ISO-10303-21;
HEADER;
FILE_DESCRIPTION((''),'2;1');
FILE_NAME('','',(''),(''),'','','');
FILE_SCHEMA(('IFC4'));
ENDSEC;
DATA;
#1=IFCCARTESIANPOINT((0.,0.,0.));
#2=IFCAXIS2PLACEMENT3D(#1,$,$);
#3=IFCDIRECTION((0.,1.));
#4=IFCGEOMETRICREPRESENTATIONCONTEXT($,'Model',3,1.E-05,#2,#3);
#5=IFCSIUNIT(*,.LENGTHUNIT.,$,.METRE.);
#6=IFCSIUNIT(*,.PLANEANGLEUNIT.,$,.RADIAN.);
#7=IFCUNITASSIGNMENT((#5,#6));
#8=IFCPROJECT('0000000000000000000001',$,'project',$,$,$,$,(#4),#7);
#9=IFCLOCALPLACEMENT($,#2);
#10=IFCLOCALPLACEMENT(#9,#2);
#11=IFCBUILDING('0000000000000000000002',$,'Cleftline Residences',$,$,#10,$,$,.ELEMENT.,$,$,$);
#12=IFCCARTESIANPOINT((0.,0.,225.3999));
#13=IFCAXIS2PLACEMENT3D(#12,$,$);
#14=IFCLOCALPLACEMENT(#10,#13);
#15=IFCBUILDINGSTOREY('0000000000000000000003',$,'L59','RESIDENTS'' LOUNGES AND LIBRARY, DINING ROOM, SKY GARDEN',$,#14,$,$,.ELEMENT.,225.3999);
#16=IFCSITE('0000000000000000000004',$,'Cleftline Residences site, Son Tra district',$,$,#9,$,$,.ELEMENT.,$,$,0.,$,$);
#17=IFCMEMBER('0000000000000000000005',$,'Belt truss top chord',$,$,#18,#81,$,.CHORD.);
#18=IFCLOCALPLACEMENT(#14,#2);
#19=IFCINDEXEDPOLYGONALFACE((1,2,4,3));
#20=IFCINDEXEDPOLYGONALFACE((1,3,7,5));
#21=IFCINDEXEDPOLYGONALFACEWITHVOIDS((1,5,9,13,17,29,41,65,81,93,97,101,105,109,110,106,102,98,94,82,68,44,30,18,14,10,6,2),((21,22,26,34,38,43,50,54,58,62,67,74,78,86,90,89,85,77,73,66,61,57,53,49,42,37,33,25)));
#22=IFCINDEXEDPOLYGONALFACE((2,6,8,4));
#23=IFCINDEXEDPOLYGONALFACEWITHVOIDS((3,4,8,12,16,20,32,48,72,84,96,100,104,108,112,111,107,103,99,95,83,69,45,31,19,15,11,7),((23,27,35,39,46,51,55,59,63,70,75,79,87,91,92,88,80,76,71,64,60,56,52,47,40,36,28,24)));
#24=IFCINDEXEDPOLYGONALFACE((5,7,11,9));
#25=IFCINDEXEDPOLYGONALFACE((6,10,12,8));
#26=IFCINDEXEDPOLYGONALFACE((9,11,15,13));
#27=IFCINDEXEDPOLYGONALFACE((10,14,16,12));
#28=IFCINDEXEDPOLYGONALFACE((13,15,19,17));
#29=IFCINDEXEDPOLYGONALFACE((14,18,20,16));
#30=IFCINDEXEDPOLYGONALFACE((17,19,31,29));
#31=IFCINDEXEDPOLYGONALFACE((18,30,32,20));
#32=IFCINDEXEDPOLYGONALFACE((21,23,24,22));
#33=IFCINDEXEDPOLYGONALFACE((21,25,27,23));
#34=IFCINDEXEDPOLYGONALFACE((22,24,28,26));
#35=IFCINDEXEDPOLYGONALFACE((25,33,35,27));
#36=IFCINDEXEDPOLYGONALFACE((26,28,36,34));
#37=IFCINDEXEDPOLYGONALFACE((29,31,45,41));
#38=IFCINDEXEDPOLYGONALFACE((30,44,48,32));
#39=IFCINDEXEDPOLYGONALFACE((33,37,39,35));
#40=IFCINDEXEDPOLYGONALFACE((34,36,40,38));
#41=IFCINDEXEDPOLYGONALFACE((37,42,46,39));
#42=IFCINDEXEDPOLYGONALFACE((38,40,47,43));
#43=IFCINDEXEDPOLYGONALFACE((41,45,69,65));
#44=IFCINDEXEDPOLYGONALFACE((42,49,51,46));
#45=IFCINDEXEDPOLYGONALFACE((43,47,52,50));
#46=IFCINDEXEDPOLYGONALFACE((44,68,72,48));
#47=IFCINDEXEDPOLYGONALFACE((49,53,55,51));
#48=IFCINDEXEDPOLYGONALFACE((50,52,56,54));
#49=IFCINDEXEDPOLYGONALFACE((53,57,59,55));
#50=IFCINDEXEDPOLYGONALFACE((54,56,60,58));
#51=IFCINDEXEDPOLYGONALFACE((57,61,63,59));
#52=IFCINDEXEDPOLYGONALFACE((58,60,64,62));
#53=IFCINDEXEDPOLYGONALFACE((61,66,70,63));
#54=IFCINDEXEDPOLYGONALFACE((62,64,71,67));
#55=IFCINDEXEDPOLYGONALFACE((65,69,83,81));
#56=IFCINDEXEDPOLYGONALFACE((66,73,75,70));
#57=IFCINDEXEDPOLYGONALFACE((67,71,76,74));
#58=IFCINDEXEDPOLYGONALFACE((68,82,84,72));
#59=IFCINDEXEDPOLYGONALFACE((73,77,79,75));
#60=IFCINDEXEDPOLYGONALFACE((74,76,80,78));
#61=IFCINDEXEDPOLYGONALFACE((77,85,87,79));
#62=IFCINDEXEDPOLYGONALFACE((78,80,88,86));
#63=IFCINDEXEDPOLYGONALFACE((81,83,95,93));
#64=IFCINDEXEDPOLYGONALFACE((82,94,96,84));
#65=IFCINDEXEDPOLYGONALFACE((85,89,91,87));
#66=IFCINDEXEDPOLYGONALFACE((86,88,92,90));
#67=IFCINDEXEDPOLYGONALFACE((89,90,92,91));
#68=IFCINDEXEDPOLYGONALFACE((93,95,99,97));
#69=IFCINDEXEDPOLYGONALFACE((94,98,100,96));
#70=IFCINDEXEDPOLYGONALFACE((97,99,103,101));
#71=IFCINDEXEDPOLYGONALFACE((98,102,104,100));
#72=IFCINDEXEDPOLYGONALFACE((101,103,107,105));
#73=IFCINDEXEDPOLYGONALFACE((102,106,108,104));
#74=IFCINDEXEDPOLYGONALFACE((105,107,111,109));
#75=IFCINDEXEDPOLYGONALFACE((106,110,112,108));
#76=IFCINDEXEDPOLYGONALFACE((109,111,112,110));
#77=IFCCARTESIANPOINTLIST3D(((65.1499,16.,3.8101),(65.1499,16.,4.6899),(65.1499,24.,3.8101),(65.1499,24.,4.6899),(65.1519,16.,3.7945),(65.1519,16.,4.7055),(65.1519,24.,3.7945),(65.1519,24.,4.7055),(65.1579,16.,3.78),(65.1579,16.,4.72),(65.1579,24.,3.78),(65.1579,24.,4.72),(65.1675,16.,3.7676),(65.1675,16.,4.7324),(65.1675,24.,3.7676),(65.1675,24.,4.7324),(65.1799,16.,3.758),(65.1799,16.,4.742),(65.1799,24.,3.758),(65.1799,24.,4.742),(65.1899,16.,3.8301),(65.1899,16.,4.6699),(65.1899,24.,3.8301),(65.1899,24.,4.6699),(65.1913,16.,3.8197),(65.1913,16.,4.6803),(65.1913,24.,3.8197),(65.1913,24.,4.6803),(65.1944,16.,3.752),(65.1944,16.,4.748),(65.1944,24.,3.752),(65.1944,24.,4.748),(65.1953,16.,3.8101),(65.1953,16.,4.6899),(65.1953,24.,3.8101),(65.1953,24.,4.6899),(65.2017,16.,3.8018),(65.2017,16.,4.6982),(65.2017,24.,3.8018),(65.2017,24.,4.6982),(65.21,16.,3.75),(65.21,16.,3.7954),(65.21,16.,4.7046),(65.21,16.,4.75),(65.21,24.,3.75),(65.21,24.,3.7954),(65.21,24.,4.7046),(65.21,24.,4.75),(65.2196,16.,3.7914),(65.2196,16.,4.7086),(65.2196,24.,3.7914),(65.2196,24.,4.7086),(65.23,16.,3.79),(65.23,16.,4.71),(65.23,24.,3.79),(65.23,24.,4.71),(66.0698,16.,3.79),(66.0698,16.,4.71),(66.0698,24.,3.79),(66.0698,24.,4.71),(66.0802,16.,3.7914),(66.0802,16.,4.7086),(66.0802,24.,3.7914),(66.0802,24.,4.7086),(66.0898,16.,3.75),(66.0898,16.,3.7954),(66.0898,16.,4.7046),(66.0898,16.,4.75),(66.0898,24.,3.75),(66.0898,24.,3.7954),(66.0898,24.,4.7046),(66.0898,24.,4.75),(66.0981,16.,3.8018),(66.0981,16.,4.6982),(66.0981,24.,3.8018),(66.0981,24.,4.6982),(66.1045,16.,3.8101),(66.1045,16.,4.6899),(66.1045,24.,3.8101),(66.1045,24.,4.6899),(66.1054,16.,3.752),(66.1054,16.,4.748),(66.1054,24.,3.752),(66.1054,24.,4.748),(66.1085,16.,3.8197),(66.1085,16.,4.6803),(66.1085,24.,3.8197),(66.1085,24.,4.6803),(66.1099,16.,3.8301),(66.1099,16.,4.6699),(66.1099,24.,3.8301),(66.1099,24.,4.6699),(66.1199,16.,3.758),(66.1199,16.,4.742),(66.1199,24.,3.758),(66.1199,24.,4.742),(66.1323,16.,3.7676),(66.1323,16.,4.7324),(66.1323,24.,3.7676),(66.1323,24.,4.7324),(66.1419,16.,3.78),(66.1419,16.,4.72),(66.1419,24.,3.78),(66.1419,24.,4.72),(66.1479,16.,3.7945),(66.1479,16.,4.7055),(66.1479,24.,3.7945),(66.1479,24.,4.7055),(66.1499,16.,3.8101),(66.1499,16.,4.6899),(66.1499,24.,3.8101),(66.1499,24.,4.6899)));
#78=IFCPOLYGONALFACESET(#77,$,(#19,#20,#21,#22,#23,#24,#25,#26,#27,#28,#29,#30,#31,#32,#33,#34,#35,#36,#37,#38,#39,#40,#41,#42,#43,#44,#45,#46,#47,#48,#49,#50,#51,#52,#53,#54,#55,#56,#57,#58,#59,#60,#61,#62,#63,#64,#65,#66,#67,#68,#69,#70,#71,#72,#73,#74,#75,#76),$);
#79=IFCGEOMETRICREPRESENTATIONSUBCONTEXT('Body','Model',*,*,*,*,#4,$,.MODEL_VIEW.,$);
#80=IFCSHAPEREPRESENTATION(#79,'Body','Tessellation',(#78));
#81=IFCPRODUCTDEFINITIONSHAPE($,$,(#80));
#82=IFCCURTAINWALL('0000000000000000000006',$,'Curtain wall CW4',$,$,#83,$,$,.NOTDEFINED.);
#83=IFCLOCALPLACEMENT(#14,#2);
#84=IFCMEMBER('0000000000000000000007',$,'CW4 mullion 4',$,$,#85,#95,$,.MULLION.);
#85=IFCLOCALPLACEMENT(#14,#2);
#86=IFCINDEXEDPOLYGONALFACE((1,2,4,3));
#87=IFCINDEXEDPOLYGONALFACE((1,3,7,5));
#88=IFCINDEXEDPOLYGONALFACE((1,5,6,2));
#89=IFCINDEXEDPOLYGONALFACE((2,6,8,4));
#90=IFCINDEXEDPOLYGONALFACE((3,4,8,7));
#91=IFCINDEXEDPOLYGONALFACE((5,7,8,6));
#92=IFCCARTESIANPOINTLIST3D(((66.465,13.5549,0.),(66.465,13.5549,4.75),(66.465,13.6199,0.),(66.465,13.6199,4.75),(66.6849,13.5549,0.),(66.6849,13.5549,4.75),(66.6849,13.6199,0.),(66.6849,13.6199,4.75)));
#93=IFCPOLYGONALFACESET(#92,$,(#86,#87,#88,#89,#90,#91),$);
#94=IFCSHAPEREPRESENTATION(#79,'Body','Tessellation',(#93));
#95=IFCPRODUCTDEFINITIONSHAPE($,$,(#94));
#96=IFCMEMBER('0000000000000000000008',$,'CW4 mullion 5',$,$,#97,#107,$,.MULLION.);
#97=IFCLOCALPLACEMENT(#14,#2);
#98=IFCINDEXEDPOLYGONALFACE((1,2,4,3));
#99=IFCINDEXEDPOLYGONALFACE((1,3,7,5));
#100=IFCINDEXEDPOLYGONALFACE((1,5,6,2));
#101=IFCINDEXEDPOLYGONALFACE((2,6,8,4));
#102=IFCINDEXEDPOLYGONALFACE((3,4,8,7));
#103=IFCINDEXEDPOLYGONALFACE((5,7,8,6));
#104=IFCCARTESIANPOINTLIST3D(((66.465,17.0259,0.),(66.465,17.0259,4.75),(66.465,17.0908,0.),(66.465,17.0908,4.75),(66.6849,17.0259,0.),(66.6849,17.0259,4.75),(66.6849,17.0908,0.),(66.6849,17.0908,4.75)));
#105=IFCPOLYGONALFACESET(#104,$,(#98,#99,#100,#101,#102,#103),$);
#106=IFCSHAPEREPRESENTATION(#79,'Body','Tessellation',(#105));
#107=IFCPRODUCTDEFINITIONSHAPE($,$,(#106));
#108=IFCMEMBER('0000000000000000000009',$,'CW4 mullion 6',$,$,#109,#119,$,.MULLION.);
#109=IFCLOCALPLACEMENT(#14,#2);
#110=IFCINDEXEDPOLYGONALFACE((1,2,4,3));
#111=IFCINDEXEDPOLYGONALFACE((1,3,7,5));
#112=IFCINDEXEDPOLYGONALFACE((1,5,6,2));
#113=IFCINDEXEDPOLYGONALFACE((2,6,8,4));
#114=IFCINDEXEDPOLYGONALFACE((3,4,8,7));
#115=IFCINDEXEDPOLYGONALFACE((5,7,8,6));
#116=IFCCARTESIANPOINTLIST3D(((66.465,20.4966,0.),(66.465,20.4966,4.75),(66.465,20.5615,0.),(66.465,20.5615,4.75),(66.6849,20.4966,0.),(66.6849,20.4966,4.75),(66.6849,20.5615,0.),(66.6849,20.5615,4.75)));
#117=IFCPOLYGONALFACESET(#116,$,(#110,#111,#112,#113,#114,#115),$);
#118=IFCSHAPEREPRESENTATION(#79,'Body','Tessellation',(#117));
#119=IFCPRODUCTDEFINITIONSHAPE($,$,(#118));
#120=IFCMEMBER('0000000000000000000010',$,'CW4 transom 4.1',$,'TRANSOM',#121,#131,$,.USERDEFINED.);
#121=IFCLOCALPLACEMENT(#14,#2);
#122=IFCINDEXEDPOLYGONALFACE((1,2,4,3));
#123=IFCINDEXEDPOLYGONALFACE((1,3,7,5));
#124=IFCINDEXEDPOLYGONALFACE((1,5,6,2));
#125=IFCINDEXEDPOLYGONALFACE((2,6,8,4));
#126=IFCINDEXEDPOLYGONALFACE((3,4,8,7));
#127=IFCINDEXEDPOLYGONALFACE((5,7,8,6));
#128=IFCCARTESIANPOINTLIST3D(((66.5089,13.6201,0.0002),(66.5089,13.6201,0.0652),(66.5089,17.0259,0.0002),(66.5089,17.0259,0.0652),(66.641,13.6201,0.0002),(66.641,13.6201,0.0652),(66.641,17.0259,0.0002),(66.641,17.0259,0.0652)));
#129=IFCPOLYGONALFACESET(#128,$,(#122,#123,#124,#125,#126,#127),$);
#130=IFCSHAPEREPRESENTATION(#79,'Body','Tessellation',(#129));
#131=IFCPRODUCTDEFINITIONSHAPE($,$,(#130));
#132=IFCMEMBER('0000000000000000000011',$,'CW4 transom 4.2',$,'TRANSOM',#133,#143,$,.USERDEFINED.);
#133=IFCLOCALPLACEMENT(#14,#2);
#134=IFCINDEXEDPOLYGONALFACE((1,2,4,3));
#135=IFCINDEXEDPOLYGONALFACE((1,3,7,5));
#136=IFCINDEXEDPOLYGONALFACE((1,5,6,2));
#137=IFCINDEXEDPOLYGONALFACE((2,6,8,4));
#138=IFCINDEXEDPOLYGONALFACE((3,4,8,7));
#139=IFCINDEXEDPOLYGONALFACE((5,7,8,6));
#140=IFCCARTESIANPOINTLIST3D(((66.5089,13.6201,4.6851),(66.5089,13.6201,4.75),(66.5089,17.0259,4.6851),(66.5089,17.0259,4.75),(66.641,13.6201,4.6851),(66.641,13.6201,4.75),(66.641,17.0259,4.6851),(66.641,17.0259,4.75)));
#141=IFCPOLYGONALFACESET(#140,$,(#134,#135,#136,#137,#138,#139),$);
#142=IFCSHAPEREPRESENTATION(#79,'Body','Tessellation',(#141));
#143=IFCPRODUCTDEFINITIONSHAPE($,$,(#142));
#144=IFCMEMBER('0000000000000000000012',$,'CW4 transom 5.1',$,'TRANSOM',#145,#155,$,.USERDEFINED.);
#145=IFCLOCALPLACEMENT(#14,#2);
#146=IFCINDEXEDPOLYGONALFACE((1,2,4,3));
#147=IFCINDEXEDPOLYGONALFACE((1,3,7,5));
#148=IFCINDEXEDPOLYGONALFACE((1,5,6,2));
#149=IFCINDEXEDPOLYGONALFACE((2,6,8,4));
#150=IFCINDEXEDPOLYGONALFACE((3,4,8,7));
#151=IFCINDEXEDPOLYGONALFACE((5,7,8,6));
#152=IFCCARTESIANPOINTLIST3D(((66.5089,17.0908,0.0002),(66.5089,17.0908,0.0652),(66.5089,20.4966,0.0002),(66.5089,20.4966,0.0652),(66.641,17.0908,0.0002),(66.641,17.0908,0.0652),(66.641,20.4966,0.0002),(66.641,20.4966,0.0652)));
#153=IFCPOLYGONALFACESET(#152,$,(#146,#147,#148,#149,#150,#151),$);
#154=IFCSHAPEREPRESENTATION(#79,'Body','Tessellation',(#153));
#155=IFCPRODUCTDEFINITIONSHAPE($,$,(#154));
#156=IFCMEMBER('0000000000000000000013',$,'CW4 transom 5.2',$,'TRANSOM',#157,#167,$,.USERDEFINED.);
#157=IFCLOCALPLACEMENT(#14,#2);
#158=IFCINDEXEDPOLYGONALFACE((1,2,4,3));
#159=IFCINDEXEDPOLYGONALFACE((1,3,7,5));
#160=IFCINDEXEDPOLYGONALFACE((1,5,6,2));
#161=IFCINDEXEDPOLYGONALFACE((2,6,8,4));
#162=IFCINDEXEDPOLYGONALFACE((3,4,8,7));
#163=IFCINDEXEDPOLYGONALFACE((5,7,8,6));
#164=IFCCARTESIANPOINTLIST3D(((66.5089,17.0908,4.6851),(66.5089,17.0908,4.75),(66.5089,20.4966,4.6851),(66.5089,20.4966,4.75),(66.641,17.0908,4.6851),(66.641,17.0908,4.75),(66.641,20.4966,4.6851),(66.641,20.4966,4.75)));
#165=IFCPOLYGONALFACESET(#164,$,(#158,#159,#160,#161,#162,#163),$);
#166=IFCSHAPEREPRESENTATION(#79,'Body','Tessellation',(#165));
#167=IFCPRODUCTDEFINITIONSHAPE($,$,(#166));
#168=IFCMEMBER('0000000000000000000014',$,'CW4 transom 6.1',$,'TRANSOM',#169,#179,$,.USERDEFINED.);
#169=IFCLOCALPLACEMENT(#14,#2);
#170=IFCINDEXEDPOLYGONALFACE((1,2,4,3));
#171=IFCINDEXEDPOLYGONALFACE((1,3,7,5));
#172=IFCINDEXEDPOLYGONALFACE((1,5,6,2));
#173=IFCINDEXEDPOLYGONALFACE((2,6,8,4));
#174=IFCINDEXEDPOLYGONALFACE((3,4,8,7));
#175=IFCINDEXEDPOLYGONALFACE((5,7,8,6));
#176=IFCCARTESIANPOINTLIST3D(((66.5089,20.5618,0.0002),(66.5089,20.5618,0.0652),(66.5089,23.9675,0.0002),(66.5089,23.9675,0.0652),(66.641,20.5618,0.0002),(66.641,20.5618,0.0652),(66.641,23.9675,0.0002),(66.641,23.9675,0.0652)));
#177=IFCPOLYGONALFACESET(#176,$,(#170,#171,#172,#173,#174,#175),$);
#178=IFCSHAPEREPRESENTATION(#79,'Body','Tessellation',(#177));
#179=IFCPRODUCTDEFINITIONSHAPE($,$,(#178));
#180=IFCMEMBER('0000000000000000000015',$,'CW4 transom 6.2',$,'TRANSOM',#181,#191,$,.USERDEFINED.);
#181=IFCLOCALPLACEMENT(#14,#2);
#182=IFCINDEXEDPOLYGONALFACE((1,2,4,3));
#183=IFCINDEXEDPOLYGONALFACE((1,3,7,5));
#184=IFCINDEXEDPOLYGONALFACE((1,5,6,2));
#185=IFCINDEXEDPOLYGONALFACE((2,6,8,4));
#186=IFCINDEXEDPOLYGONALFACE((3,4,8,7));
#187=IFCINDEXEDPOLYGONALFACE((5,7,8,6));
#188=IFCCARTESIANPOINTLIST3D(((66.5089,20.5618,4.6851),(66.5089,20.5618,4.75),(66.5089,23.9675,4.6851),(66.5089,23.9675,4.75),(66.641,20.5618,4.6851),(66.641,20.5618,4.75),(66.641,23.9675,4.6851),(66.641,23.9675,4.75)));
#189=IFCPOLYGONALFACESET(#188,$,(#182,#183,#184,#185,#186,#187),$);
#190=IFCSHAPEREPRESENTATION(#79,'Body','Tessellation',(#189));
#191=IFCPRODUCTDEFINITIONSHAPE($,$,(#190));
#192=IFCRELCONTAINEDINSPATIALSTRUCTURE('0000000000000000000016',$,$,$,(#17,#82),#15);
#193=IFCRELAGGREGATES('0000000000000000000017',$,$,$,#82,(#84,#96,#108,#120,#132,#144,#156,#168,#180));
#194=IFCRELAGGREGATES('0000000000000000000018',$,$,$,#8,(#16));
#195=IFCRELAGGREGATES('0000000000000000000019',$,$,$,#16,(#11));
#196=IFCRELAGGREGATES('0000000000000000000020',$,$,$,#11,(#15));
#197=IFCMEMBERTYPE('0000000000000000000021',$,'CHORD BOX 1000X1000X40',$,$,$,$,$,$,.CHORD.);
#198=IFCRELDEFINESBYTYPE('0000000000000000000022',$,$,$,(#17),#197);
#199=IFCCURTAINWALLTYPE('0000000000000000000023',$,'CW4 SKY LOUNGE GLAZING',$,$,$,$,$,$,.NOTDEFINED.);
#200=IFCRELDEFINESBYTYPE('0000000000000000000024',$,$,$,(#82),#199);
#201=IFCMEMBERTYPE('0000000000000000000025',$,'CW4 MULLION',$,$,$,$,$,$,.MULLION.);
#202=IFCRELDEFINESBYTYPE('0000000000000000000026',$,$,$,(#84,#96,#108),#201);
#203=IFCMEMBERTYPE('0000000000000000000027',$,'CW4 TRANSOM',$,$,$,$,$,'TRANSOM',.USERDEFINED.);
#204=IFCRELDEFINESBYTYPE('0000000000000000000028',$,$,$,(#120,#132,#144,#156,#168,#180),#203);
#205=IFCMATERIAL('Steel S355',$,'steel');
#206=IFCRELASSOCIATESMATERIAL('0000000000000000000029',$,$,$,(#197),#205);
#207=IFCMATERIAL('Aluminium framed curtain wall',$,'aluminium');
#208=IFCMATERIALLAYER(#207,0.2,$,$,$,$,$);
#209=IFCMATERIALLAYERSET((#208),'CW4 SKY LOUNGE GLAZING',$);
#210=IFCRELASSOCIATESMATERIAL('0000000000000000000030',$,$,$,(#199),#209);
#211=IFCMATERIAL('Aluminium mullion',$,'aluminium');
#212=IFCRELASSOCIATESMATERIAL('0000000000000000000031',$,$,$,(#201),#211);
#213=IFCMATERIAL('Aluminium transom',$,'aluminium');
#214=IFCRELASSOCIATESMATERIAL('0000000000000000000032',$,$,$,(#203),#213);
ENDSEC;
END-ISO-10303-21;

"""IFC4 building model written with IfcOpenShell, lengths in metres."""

from ifc_helpers import new_model, si_unit, direction, frame, origin, origin_2d, place, context, subcontext, project, spatial, rectangle, hollow_rectangle, extrude, material, layer, layer_set, material_profile, profile_set, type_object, element, aggregate, save


model = new_model("IFC4")

# Units and contexts
model_context = context("Model", 3, precision=1e-05, world=origin(), true_north=direction((0.0, 1.0)))
body_context = subcontext(model_context, "Body", "Model", "MODEL_VIEW")
ifc_project = project(units=[si_unit("LENGTHUNIT", "METRE"), si_unit("PLANEANGLEUNIT", "RADIAN")], contexts=[model_context])

# Site, building, storey
site_placement = place(None, origin())
site = spatial("IfcSite", under=ifc_project, at=site_placement, Name="Cleftline Residences site, Son Tra district", CompositionType="ELEMENT", RefElevation=0.0)
building_placement = place(site_placement, origin())
building = spatial("IfcBuilding", under=site, at=building_placement, Name="Cleftline Residences", CompositionType="ELEMENT")
storey_placement = place(building_placement, frame((0.0, 0.0, 225.3999)))
storey = spatial("IfcBuildingStorey", under=building, at=storey_placement, Name="L59", Description="RESIDENTS' LOUNGES AND LIBRARY, DINING ROOM, SKY GARDEN", CompositionType="ELEMENT", Elevation=225.3999)

# Member
ifc_material_1 = material(Name="Steel S355", Category="steel")
ifc_material_profile_1 = material_profile(ifc_material_1, hollow_rectangle(XDim=1.0, YDim=1.0, WallThickness=0.04, InnerFilletRadius=0.04, OuterFilletRadius=0.0601, at=origin_2d()))
ifc_profile_set_1 = profile_set([ifc_material_profile_1], Name="Steel S355")
member_type_1 = type_object("IfcMemberType", Name="CHORD BOX 1000X1000X40", PredefinedType="CHORD", material=ifc_profile_set_1)
for number, where, z_axis, x_axis, name in (
    (1, (65.6499, 16.0, 4.25), (0.0, 1.0, 0.0), (-1.0, 0.0, 0.0), "Belt truss top chord"),
):
    element("IfcMember", number, at=place(storey_placement, frame(where, z_axis=z_axis, x_axis=x_axis)), inside=storey, type_object=member_type_1, Name=name, PredefinedType="CHORD", context=body_context, shape_type="SweptSolid", body=[
        extrude(hollow_rectangle(XDim=1.0, YDim=1.0, WallThickness=0.04, InnerFilletRadius=0.04, OuterFilletRadius=0.0601, at=origin_2d()), origin(), (0.0, 0.0, 1.0), 8.0),
    ])

# Curtain wall, members
ifc_material_2 = material(Name="Aluminium framed curtain wall", Category="aluminium")
ifc_layer_1 = layer(ifc_material_2, 0.2)
ifc_layer_set_1 = layer_set([ifc_layer_1], Name="CW4 SKY LOUNGE GLAZING")
curtain_wall_type = type_object("IfcCurtainWallType", Name="CW4 SKY LOUNGE GLAZING", PredefinedType="NOTDEFINED", material=ifc_layer_set_1)
curtain_wall_placement = place(storey_placement, origin())
curtain_wall = element("IfcCurtainWall", 2, at=curtain_wall_placement, inside=storey, type_object=curtain_wall_type, Name="Curtain wall CW4", PredefinedType="NOTDEFINED")
ifc_material_3 = material(Name="Aluminium mullion", Category="aluminium")
ifc_material_profile_2 = material_profile(ifc_material_3, rectangle(XDim=0.22, YDim=0.0649, at=origin_2d()))
ifc_profile_set_2 = profile_set([ifc_material_profile_2], Name="Aluminium mullion")
member_type_2 = type_object("IfcMemberType", Name="CW4 MULLION", PredefinedType="MULLION", material=ifc_profile_set_2)
member_1_placement = place(storey_placement, frame((66.575, 13.5874, 0.0), z_axis=(0.0, 0.0, 1.0), x_axis=(-1.0, 0.0, 0.0)))
member_1 = element("IfcMember", 3, at=member_1_placement, type_object=member_type_2, Name="CW4 mullion 4", PredefinedType="MULLION", context=body_context, shape_type="SweptSolid", body=[
    extrude(rectangle(XDim=0.22, YDim=0.0649, at=origin_2d()), origin(), (0.0, 0.0, 1.0), 4.75),
])
member_2_placement = place(storey_placement, frame((66.575, 17.0583, 0.0), z_axis=(0.0, 0.0, 1.0), x_axis=(-1.0, 0.0, 0.0)))
member_2 = element("IfcMember", 4, at=member_2_placement, type_object=member_type_2, Name="CW4 mullion 5", PredefinedType="MULLION", context=body_context, shape_type="SweptSolid", body=[
    extrude(rectangle(XDim=0.22, YDim=0.0649, at=origin_2d()), origin(), (0.0, 0.0, 1.0), 4.75),
])
member_3_placement = place(storey_placement, frame((66.575, 20.5291, 0.0), z_axis=(0.0, 0.0, 1.0), x_axis=(-1.0, 0.0, 0.0)))
member_3 = element("IfcMember", 5, at=member_3_placement, type_object=member_type_2, Name="CW4 mullion 6", PredefinedType="MULLION", context=body_context, shape_type="SweptSolid", body=[
    extrude(rectangle(XDim=0.22, YDim=0.0649, at=origin_2d()), origin(), (0.0, 0.0, 1.0), 4.75),
])
ifc_material_4 = material(Name="Aluminium transom", Category="aluminium")
ifc_material_profile_3 = material_profile(ifc_material_4, rectangle(XDim=0.1321, YDim=0.0649, at=origin_2d()))
ifc_profile_set_3 = profile_set([ifc_material_profile_3], Name="Aluminium transom")
member_type_3 = type_object("IfcMemberType", Name="CW4 TRANSOM", ElementType="TRANSOM", PredefinedType="USERDEFINED", material=ifc_profile_set_3)
member_4_placement = place(storey_placement, frame((66.575, 13.6201, 0.0327), z_axis=(0.0, 1.0, 0.0), x_axis=(-1.0, 0.0, 0.0)))
member_4 = element("IfcMember", 6, at=member_4_placement, type_object=member_type_3, Name="CW4 transom 4.1", ObjectType="TRANSOM", PredefinedType="USERDEFINED", context=body_context, shape_type="SweptSolid", body=[
    extrude(rectangle(XDim=0.1321, YDim=0.0649, at=origin_2d()), origin(), (0.0, 0.0, 1.0), 3.4058),
])
member_5_placement = place(storey_placement, frame((66.575, 13.6201, 4.7175), z_axis=(0.0, 1.0, 0.0), x_axis=(-1.0, 0.0, 0.0)))
member_5 = element("IfcMember", 7, at=member_5_placement, type_object=member_type_3, Name="CW4 transom 4.2", ObjectType="TRANSOM", PredefinedType="USERDEFINED", context=body_context, shape_type="SweptSolid", body=[
    extrude(rectangle(XDim=0.1321, YDim=0.0649, at=origin_2d()), origin(), (0.0, 0.0, 1.0), 3.4058),
])
member_6_placement = place(storey_placement, frame((66.575, 17.0908, 0.0327), z_axis=(0.0, 1.0, 0.0), x_axis=(-1.0, 0.0, 0.0)))
member_6 = element("IfcMember", 8, at=member_6_placement, type_object=member_type_3, Name="CW4 transom 5.1", ObjectType="TRANSOM", PredefinedType="USERDEFINED", context=body_context, shape_type="SweptSolid", body=[
    extrude(rectangle(XDim=0.1321, YDim=0.0649, at=origin_2d()), origin(), (0.0, 0.0, 1.0), 3.4058),
])
member_7_placement = place(storey_placement, frame((66.575, 17.0908, 4.7175), z_axis=(0.0, 1.0, 0.0), x_axis=(-1.0, 0.0, 0.0)))
member_7 = element("IfcMember", 9, at=member_7_placement, type_object=member_type_3, Name="CW4 transom 5.2", ObjectType="TRANSOM", PredefinedType="USERDEFINED", context=body_context, shape_type="SweptSolid", body=[
    extrude(rectangle(XDim=0.1321, YDim=0.0649, at=origin_2d()), origin(), (0.0, 0.0, 1.0), 3.4058),
])
member_8_placement = place(storey_placement, frame((66.575, 20.5618, 0.0327), z_axis=(0.0, 1.0, 0.0), x_axis=(-1.0, 0.0, 0.0)))
member_8 = element("IfcMember", 10, at=member_8_placement, type_object=member_type_3, Name="CW4 transom 6.1", ObjectType="TRANSOM", PredefinedType="USERDEFINED", context=body_context, shape_type="SweptSolid", body=[
    extrude(rectangle(XDim=0.1321, YDim=0.0649, at=origin_2d()), origin(), (0.0, 0.0, 1.0), 3.4058),
])
member_9_placement = place(storey_placement, frame((66.575, 20.5618, 4.7175), z_axis=(0.0, 1.0, 0.0), x_axis=(-1.0, 0.0, 0.0)))
member_9 = element("IfcMember", 11, at=member_9_placement, type_object=member_type_3, Name="CW4 transom 6.2", ObjectType="TRANSOM", PredefinedType="USERDEFINED", context=body_context, shape_type="SweptSolid", body=[
    extrude(rectangle(XDim=0.1321, YDim=0.0649, at=origin_2d()), origin(), (0.0, 0.0, 1.0), 3.4058),
])
aggregate(curtain_wall, [member_1, member_2, member_3, member_4, member_5, member_6, member_7, member_8, member_9])

save(model, "model.ifc")
